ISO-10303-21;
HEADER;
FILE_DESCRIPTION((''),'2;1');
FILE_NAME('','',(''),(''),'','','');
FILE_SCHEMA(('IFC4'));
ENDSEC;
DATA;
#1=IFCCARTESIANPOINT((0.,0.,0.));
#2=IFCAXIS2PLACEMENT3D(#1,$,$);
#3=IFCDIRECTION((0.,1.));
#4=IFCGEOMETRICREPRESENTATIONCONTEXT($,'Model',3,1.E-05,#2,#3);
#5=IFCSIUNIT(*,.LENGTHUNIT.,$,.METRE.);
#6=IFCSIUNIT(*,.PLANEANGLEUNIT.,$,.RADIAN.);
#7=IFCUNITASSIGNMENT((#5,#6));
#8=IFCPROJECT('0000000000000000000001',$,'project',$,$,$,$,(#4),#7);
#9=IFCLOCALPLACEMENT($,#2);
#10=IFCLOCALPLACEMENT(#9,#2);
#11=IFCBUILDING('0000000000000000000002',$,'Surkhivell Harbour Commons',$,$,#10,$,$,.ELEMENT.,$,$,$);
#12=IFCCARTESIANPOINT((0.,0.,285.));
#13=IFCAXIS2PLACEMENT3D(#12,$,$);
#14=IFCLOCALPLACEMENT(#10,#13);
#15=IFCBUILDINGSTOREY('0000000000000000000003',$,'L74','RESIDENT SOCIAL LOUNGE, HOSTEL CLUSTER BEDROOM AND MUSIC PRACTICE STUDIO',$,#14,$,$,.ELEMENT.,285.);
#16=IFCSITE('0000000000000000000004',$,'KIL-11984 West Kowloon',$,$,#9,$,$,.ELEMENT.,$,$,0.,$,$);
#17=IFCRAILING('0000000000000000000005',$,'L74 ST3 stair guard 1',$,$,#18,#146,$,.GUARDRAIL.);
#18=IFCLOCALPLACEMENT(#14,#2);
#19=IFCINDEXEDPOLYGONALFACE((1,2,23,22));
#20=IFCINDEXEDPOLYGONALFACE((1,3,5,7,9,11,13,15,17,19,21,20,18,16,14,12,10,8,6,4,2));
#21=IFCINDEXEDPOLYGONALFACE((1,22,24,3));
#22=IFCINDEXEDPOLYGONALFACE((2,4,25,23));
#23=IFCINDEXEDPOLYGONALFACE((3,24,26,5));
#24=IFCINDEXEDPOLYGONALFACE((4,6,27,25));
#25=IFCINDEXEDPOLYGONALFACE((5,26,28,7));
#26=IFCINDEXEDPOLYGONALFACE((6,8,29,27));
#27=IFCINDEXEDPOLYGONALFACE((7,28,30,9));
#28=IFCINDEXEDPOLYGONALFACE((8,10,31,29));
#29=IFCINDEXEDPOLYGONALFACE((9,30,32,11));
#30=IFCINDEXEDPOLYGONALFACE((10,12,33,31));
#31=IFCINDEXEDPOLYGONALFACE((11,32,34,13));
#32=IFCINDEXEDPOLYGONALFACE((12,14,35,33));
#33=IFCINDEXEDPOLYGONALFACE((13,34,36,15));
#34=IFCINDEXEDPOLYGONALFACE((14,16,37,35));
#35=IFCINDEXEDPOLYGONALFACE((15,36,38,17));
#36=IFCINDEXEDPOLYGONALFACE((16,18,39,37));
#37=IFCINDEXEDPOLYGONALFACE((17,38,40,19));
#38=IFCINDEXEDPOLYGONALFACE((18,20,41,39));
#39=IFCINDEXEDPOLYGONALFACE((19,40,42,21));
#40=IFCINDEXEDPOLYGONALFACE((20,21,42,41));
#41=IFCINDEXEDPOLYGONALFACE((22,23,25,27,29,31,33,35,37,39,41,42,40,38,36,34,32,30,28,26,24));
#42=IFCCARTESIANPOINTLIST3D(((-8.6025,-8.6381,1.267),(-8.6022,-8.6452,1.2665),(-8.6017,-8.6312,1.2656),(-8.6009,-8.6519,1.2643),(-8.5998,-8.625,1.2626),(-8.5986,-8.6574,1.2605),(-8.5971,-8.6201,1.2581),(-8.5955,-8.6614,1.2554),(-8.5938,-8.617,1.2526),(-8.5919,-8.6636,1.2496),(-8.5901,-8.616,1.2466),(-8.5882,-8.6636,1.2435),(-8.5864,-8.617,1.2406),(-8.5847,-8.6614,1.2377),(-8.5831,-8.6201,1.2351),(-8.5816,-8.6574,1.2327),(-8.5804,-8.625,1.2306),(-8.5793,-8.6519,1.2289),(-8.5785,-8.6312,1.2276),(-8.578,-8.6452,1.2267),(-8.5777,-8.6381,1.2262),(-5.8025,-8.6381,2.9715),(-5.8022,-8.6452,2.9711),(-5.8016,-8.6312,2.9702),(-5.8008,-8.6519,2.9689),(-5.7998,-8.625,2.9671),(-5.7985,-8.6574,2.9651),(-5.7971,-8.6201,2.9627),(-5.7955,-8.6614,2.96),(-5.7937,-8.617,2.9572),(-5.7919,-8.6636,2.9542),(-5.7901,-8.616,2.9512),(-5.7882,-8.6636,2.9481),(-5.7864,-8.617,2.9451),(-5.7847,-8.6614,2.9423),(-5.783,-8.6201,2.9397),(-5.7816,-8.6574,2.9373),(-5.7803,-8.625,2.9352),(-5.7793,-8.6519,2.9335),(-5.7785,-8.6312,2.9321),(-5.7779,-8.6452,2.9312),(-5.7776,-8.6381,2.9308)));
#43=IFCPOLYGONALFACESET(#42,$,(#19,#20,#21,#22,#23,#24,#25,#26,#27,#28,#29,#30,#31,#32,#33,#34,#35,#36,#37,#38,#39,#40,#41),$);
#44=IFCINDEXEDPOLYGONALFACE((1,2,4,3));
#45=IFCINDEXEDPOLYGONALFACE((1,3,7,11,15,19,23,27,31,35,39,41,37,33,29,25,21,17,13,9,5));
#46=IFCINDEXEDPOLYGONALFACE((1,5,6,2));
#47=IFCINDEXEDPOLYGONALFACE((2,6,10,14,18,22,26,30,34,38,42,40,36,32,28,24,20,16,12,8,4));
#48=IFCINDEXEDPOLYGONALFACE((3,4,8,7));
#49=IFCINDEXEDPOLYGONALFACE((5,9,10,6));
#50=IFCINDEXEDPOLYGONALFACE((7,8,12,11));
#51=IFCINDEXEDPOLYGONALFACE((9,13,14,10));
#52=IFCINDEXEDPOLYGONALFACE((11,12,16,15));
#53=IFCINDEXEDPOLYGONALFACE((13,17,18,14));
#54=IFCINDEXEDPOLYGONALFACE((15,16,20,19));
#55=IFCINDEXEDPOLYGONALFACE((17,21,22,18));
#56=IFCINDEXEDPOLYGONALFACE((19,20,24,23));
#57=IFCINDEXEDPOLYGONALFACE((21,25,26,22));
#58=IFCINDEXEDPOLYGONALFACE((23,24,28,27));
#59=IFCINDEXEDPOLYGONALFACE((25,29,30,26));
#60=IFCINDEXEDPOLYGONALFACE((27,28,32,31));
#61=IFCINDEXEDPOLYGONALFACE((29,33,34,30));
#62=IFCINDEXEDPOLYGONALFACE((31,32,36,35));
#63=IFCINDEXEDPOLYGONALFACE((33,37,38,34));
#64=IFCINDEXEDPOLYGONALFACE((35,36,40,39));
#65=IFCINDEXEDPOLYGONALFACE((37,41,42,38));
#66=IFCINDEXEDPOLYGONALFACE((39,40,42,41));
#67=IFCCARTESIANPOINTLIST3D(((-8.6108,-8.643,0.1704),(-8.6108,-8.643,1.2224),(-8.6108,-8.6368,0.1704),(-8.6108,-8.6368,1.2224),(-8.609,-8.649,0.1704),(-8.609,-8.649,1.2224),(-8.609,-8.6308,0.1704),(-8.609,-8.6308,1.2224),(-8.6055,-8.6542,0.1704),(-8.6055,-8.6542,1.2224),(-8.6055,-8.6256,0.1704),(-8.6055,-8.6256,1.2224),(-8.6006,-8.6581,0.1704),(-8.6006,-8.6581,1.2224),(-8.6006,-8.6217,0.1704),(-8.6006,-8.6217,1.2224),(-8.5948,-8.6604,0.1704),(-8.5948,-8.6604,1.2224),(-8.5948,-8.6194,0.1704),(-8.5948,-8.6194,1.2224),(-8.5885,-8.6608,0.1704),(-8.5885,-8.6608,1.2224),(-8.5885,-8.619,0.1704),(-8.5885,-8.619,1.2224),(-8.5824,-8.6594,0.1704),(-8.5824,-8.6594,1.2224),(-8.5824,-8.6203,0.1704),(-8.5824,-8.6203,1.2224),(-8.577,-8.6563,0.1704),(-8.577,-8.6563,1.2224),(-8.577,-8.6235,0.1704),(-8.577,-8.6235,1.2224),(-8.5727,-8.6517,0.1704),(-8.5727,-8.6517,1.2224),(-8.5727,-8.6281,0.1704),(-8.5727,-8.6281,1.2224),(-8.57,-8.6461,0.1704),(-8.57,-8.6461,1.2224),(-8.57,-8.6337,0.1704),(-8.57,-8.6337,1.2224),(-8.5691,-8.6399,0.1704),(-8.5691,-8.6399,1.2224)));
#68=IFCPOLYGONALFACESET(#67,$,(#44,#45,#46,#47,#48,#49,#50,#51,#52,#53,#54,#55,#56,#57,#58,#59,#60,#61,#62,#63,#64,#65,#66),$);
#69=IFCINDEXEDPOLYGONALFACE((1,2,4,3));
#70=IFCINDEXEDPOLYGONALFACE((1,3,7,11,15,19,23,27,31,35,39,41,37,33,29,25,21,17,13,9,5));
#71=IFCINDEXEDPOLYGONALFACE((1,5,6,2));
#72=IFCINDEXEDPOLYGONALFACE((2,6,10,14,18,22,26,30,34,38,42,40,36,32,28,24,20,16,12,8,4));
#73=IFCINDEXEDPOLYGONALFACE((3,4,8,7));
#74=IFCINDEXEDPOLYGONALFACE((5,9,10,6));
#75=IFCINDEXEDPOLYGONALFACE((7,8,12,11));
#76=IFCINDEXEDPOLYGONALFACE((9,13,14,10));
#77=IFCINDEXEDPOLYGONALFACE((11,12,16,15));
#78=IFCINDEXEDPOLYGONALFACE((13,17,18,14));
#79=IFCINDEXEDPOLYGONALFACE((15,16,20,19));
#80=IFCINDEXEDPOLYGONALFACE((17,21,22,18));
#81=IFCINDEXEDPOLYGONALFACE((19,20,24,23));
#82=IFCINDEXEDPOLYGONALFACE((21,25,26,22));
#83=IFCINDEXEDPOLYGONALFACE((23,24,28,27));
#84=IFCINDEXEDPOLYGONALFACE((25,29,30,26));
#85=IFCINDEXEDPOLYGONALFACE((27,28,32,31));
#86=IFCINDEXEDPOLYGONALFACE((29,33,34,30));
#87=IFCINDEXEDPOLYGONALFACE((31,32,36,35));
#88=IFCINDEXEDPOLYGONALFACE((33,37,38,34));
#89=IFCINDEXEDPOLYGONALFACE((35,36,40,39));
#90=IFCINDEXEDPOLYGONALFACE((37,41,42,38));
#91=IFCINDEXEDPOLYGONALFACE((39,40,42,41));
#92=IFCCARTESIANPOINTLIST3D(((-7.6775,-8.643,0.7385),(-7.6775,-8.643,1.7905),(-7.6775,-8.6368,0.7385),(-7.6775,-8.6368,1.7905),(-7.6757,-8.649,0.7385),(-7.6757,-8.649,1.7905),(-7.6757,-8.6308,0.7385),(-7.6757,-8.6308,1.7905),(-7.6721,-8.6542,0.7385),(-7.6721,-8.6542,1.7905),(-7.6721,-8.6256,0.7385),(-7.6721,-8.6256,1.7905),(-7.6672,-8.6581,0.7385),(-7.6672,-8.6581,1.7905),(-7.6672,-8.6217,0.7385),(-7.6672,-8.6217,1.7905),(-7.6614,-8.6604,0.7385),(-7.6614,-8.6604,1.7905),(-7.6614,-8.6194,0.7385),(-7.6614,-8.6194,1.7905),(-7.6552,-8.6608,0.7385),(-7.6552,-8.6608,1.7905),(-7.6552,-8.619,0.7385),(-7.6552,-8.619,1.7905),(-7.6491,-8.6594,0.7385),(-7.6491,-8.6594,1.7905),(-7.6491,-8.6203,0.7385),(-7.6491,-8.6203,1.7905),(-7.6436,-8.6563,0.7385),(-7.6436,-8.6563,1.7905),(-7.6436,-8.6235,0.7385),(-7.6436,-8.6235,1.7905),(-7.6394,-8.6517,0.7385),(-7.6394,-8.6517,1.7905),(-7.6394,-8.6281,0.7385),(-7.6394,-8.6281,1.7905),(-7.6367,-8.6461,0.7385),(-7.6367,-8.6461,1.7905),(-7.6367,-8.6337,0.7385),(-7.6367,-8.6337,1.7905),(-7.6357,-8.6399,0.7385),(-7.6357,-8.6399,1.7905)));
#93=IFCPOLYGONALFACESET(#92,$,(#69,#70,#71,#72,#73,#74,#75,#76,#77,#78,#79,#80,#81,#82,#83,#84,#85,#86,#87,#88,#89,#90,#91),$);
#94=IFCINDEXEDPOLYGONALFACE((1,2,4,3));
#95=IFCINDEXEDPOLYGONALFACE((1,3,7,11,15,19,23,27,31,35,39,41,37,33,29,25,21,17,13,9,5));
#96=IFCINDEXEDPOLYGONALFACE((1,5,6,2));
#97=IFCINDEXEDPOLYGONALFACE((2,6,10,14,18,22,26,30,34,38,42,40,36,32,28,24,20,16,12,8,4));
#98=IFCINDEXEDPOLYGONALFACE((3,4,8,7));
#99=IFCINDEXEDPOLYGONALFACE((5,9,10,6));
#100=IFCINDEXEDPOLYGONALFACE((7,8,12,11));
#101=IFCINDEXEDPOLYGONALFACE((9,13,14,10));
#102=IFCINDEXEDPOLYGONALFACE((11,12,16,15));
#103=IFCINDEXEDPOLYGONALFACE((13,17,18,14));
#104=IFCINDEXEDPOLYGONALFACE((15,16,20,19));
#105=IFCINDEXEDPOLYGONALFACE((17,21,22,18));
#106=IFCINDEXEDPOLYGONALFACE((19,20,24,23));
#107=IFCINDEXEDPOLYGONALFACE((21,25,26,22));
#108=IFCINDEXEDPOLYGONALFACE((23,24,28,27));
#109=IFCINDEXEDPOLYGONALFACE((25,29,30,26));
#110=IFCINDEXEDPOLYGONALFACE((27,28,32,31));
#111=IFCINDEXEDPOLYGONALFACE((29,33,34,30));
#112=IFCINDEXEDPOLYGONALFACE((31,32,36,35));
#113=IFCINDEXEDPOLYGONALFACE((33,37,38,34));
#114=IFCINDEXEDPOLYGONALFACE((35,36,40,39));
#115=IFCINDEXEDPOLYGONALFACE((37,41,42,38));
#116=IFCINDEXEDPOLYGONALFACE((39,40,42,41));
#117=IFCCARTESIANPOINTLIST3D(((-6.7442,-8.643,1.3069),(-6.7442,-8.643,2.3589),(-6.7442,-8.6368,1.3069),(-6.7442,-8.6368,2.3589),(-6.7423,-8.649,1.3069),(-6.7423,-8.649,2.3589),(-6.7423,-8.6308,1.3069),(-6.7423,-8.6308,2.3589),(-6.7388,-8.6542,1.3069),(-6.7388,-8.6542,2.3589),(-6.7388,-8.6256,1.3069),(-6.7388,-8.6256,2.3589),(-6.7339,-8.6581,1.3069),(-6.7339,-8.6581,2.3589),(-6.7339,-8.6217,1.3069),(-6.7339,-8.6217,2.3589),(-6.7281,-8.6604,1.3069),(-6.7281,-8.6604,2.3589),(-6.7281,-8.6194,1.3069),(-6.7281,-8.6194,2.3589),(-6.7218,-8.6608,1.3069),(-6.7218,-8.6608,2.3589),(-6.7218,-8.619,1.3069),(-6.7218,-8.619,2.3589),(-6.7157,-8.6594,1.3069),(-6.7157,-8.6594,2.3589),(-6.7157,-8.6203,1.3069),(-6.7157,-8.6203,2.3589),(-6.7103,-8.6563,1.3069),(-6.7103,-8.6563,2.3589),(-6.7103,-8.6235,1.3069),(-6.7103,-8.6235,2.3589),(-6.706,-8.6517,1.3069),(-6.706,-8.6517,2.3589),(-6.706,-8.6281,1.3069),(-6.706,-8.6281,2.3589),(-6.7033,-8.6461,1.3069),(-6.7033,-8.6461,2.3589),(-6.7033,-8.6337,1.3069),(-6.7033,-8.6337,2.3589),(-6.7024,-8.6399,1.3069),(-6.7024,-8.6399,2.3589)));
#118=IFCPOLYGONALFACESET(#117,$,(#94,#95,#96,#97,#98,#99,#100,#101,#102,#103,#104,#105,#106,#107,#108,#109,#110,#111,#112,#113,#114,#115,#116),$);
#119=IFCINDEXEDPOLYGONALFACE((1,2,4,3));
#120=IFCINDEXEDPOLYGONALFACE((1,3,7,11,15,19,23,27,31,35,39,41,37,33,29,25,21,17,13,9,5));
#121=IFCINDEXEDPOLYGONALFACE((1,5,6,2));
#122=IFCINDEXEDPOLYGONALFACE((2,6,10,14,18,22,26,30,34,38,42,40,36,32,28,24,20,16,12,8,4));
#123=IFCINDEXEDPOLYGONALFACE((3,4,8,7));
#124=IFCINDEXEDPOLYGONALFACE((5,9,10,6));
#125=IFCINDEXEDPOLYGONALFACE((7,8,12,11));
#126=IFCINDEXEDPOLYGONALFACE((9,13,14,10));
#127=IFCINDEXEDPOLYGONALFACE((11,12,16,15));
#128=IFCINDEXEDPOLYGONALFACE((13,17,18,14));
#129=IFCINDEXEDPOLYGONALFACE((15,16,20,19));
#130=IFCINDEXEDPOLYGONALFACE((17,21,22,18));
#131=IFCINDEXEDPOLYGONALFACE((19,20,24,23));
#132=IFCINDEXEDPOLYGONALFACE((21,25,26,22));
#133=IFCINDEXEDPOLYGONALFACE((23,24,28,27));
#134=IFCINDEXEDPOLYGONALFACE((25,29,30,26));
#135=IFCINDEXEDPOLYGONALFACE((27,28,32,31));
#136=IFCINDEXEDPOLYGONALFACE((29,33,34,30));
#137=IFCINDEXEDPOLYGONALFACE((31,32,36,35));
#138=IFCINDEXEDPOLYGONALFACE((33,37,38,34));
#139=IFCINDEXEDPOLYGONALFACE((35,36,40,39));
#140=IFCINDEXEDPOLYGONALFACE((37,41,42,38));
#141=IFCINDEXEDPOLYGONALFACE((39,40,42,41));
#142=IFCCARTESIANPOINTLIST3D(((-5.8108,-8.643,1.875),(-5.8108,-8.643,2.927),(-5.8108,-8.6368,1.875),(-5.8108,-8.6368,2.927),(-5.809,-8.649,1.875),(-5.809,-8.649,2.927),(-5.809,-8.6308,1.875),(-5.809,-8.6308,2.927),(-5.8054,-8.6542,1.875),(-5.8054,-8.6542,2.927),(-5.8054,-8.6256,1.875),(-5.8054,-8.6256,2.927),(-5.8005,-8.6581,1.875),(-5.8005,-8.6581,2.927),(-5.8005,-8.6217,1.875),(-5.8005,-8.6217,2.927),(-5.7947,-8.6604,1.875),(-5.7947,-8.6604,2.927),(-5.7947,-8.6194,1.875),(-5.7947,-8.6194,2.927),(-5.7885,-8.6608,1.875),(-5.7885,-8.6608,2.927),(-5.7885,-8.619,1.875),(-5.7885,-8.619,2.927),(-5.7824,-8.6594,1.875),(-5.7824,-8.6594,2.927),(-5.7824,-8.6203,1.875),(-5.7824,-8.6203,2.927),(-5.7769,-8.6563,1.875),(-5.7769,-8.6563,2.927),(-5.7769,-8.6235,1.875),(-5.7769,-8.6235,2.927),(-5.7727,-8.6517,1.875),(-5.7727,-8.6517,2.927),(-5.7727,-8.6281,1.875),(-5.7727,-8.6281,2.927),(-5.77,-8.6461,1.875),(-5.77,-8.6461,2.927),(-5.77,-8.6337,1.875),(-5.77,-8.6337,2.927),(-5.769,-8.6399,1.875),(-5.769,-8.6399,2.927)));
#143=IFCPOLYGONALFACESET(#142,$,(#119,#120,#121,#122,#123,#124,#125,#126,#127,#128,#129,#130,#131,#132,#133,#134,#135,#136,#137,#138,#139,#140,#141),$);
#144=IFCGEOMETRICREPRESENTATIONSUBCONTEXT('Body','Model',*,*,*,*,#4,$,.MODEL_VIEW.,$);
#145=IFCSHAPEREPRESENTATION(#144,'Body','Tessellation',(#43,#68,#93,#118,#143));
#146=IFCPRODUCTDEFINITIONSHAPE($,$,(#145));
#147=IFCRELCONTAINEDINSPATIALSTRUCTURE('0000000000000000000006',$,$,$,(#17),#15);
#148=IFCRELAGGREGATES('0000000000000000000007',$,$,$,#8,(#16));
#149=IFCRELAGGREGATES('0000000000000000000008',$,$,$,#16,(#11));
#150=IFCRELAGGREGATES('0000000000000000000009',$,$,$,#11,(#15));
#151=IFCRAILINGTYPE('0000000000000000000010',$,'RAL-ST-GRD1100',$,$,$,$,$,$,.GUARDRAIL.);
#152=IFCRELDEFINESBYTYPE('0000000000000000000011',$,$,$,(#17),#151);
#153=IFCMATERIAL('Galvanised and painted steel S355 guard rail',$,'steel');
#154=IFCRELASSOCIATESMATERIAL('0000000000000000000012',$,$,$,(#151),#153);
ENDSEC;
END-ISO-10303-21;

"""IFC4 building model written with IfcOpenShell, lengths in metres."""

from ifc_helpers import new_model, si_unit, direction, frame, origin, origin_2d, place, context, subcontext, project, spatial, circle, extrude, material, type_object, element, save


model = new_model("IFC4")

# Units and contexts
model_context = context("Model", 3, precision=1e-05, world=origin(), true_north=direction((0.0, 1.0)))
body_context = subcontext(model_context, "Body", "Model", "MODEL_VIEW")
ifc_project = project(units=[si_unit("LENGTHUNIT", "METRE"), si_unit("PLANEANGLEUNIT", "RADIAN")], contexts=[model_context])

# Site, building, storey
site_placement = place(None, origin())
site = spatial("IfcSite", under=ifc_project, at=site_placement, Name="KIL-11984 West Kowloon", CompositionType="ELEMENT", RefElevation=0.0)
building_placement = place(site_placement, origin())
building = spatial("IfcBuilding", under=site, at=building_placement, Name="Surkhivell Harbour Commons", CompositionType="ELEMENT")
storey_placement = place(building_placement, frame((0.0, 0.0, 285.0)))
storey = spatial("IfcBuildingStorey", under=building, at=storey_placement, Name="L74", Description="RESIDENT SOCIAL LOUNGE, HOSTEL CLUSTER BEDROOM AND MUSIC PRACTICE STUDIO", CompositionType="ELEMENT", Elevation=285.0)

# Railing
ifc_material_1 = material(Name="Galvanised and painted steel S355 guard rail", Category="steel")
railing_type_1 = type_object("IfcRailingType", Name="RAL-ST-GRD1100", PredefinedType="GUARDRAIL", material=ifc_material_1)
railing_1_placement = place(storey_placement, frame((-8.5901, -8.6399, 0.1704)))
element("IfcRailing", 1, at=railing_1_placement, inside=storey, type_object=railing_type_1, Name="L74 ST3 stair guard 1", PredefinedType="GUARDRAIL", context=body_context, shape_type="SweptSolid", body=[
    extrude(circle(Radius=0.0239, at=origin_2d()), frame((0.0, 0.0, 1.0762), z_axis=(0.85417, 0.0, 0.519994), x_axis=(0.0, 1.0, 0.0)), (0.0, 0.0, 1.0), 3.2781),
    extrude(circle(Radius=0.021, at=origin_2d()), origin(), (0.0, 0.0, 1.0), 1.052),
    extrude(circle(Radius=0.021, at=origin_2d()), frame((0.9333, 0.0, 0.5681)), (0.0, 0.0, 1.0), 1.052),
    extrude(circle(Radius=0.021, at=origin_2d()), frame((1.8667, 0.0, 1.1365)), (0.0, 0.0, 1.0), 1.052),
    extrude(circle(Radius=0.021, at=origin_2d()), frame((2.8, 0.0, 1.7046)), (0.0, 0.0, 1.0), 1.052),
])

save(model, "model.ifc")
